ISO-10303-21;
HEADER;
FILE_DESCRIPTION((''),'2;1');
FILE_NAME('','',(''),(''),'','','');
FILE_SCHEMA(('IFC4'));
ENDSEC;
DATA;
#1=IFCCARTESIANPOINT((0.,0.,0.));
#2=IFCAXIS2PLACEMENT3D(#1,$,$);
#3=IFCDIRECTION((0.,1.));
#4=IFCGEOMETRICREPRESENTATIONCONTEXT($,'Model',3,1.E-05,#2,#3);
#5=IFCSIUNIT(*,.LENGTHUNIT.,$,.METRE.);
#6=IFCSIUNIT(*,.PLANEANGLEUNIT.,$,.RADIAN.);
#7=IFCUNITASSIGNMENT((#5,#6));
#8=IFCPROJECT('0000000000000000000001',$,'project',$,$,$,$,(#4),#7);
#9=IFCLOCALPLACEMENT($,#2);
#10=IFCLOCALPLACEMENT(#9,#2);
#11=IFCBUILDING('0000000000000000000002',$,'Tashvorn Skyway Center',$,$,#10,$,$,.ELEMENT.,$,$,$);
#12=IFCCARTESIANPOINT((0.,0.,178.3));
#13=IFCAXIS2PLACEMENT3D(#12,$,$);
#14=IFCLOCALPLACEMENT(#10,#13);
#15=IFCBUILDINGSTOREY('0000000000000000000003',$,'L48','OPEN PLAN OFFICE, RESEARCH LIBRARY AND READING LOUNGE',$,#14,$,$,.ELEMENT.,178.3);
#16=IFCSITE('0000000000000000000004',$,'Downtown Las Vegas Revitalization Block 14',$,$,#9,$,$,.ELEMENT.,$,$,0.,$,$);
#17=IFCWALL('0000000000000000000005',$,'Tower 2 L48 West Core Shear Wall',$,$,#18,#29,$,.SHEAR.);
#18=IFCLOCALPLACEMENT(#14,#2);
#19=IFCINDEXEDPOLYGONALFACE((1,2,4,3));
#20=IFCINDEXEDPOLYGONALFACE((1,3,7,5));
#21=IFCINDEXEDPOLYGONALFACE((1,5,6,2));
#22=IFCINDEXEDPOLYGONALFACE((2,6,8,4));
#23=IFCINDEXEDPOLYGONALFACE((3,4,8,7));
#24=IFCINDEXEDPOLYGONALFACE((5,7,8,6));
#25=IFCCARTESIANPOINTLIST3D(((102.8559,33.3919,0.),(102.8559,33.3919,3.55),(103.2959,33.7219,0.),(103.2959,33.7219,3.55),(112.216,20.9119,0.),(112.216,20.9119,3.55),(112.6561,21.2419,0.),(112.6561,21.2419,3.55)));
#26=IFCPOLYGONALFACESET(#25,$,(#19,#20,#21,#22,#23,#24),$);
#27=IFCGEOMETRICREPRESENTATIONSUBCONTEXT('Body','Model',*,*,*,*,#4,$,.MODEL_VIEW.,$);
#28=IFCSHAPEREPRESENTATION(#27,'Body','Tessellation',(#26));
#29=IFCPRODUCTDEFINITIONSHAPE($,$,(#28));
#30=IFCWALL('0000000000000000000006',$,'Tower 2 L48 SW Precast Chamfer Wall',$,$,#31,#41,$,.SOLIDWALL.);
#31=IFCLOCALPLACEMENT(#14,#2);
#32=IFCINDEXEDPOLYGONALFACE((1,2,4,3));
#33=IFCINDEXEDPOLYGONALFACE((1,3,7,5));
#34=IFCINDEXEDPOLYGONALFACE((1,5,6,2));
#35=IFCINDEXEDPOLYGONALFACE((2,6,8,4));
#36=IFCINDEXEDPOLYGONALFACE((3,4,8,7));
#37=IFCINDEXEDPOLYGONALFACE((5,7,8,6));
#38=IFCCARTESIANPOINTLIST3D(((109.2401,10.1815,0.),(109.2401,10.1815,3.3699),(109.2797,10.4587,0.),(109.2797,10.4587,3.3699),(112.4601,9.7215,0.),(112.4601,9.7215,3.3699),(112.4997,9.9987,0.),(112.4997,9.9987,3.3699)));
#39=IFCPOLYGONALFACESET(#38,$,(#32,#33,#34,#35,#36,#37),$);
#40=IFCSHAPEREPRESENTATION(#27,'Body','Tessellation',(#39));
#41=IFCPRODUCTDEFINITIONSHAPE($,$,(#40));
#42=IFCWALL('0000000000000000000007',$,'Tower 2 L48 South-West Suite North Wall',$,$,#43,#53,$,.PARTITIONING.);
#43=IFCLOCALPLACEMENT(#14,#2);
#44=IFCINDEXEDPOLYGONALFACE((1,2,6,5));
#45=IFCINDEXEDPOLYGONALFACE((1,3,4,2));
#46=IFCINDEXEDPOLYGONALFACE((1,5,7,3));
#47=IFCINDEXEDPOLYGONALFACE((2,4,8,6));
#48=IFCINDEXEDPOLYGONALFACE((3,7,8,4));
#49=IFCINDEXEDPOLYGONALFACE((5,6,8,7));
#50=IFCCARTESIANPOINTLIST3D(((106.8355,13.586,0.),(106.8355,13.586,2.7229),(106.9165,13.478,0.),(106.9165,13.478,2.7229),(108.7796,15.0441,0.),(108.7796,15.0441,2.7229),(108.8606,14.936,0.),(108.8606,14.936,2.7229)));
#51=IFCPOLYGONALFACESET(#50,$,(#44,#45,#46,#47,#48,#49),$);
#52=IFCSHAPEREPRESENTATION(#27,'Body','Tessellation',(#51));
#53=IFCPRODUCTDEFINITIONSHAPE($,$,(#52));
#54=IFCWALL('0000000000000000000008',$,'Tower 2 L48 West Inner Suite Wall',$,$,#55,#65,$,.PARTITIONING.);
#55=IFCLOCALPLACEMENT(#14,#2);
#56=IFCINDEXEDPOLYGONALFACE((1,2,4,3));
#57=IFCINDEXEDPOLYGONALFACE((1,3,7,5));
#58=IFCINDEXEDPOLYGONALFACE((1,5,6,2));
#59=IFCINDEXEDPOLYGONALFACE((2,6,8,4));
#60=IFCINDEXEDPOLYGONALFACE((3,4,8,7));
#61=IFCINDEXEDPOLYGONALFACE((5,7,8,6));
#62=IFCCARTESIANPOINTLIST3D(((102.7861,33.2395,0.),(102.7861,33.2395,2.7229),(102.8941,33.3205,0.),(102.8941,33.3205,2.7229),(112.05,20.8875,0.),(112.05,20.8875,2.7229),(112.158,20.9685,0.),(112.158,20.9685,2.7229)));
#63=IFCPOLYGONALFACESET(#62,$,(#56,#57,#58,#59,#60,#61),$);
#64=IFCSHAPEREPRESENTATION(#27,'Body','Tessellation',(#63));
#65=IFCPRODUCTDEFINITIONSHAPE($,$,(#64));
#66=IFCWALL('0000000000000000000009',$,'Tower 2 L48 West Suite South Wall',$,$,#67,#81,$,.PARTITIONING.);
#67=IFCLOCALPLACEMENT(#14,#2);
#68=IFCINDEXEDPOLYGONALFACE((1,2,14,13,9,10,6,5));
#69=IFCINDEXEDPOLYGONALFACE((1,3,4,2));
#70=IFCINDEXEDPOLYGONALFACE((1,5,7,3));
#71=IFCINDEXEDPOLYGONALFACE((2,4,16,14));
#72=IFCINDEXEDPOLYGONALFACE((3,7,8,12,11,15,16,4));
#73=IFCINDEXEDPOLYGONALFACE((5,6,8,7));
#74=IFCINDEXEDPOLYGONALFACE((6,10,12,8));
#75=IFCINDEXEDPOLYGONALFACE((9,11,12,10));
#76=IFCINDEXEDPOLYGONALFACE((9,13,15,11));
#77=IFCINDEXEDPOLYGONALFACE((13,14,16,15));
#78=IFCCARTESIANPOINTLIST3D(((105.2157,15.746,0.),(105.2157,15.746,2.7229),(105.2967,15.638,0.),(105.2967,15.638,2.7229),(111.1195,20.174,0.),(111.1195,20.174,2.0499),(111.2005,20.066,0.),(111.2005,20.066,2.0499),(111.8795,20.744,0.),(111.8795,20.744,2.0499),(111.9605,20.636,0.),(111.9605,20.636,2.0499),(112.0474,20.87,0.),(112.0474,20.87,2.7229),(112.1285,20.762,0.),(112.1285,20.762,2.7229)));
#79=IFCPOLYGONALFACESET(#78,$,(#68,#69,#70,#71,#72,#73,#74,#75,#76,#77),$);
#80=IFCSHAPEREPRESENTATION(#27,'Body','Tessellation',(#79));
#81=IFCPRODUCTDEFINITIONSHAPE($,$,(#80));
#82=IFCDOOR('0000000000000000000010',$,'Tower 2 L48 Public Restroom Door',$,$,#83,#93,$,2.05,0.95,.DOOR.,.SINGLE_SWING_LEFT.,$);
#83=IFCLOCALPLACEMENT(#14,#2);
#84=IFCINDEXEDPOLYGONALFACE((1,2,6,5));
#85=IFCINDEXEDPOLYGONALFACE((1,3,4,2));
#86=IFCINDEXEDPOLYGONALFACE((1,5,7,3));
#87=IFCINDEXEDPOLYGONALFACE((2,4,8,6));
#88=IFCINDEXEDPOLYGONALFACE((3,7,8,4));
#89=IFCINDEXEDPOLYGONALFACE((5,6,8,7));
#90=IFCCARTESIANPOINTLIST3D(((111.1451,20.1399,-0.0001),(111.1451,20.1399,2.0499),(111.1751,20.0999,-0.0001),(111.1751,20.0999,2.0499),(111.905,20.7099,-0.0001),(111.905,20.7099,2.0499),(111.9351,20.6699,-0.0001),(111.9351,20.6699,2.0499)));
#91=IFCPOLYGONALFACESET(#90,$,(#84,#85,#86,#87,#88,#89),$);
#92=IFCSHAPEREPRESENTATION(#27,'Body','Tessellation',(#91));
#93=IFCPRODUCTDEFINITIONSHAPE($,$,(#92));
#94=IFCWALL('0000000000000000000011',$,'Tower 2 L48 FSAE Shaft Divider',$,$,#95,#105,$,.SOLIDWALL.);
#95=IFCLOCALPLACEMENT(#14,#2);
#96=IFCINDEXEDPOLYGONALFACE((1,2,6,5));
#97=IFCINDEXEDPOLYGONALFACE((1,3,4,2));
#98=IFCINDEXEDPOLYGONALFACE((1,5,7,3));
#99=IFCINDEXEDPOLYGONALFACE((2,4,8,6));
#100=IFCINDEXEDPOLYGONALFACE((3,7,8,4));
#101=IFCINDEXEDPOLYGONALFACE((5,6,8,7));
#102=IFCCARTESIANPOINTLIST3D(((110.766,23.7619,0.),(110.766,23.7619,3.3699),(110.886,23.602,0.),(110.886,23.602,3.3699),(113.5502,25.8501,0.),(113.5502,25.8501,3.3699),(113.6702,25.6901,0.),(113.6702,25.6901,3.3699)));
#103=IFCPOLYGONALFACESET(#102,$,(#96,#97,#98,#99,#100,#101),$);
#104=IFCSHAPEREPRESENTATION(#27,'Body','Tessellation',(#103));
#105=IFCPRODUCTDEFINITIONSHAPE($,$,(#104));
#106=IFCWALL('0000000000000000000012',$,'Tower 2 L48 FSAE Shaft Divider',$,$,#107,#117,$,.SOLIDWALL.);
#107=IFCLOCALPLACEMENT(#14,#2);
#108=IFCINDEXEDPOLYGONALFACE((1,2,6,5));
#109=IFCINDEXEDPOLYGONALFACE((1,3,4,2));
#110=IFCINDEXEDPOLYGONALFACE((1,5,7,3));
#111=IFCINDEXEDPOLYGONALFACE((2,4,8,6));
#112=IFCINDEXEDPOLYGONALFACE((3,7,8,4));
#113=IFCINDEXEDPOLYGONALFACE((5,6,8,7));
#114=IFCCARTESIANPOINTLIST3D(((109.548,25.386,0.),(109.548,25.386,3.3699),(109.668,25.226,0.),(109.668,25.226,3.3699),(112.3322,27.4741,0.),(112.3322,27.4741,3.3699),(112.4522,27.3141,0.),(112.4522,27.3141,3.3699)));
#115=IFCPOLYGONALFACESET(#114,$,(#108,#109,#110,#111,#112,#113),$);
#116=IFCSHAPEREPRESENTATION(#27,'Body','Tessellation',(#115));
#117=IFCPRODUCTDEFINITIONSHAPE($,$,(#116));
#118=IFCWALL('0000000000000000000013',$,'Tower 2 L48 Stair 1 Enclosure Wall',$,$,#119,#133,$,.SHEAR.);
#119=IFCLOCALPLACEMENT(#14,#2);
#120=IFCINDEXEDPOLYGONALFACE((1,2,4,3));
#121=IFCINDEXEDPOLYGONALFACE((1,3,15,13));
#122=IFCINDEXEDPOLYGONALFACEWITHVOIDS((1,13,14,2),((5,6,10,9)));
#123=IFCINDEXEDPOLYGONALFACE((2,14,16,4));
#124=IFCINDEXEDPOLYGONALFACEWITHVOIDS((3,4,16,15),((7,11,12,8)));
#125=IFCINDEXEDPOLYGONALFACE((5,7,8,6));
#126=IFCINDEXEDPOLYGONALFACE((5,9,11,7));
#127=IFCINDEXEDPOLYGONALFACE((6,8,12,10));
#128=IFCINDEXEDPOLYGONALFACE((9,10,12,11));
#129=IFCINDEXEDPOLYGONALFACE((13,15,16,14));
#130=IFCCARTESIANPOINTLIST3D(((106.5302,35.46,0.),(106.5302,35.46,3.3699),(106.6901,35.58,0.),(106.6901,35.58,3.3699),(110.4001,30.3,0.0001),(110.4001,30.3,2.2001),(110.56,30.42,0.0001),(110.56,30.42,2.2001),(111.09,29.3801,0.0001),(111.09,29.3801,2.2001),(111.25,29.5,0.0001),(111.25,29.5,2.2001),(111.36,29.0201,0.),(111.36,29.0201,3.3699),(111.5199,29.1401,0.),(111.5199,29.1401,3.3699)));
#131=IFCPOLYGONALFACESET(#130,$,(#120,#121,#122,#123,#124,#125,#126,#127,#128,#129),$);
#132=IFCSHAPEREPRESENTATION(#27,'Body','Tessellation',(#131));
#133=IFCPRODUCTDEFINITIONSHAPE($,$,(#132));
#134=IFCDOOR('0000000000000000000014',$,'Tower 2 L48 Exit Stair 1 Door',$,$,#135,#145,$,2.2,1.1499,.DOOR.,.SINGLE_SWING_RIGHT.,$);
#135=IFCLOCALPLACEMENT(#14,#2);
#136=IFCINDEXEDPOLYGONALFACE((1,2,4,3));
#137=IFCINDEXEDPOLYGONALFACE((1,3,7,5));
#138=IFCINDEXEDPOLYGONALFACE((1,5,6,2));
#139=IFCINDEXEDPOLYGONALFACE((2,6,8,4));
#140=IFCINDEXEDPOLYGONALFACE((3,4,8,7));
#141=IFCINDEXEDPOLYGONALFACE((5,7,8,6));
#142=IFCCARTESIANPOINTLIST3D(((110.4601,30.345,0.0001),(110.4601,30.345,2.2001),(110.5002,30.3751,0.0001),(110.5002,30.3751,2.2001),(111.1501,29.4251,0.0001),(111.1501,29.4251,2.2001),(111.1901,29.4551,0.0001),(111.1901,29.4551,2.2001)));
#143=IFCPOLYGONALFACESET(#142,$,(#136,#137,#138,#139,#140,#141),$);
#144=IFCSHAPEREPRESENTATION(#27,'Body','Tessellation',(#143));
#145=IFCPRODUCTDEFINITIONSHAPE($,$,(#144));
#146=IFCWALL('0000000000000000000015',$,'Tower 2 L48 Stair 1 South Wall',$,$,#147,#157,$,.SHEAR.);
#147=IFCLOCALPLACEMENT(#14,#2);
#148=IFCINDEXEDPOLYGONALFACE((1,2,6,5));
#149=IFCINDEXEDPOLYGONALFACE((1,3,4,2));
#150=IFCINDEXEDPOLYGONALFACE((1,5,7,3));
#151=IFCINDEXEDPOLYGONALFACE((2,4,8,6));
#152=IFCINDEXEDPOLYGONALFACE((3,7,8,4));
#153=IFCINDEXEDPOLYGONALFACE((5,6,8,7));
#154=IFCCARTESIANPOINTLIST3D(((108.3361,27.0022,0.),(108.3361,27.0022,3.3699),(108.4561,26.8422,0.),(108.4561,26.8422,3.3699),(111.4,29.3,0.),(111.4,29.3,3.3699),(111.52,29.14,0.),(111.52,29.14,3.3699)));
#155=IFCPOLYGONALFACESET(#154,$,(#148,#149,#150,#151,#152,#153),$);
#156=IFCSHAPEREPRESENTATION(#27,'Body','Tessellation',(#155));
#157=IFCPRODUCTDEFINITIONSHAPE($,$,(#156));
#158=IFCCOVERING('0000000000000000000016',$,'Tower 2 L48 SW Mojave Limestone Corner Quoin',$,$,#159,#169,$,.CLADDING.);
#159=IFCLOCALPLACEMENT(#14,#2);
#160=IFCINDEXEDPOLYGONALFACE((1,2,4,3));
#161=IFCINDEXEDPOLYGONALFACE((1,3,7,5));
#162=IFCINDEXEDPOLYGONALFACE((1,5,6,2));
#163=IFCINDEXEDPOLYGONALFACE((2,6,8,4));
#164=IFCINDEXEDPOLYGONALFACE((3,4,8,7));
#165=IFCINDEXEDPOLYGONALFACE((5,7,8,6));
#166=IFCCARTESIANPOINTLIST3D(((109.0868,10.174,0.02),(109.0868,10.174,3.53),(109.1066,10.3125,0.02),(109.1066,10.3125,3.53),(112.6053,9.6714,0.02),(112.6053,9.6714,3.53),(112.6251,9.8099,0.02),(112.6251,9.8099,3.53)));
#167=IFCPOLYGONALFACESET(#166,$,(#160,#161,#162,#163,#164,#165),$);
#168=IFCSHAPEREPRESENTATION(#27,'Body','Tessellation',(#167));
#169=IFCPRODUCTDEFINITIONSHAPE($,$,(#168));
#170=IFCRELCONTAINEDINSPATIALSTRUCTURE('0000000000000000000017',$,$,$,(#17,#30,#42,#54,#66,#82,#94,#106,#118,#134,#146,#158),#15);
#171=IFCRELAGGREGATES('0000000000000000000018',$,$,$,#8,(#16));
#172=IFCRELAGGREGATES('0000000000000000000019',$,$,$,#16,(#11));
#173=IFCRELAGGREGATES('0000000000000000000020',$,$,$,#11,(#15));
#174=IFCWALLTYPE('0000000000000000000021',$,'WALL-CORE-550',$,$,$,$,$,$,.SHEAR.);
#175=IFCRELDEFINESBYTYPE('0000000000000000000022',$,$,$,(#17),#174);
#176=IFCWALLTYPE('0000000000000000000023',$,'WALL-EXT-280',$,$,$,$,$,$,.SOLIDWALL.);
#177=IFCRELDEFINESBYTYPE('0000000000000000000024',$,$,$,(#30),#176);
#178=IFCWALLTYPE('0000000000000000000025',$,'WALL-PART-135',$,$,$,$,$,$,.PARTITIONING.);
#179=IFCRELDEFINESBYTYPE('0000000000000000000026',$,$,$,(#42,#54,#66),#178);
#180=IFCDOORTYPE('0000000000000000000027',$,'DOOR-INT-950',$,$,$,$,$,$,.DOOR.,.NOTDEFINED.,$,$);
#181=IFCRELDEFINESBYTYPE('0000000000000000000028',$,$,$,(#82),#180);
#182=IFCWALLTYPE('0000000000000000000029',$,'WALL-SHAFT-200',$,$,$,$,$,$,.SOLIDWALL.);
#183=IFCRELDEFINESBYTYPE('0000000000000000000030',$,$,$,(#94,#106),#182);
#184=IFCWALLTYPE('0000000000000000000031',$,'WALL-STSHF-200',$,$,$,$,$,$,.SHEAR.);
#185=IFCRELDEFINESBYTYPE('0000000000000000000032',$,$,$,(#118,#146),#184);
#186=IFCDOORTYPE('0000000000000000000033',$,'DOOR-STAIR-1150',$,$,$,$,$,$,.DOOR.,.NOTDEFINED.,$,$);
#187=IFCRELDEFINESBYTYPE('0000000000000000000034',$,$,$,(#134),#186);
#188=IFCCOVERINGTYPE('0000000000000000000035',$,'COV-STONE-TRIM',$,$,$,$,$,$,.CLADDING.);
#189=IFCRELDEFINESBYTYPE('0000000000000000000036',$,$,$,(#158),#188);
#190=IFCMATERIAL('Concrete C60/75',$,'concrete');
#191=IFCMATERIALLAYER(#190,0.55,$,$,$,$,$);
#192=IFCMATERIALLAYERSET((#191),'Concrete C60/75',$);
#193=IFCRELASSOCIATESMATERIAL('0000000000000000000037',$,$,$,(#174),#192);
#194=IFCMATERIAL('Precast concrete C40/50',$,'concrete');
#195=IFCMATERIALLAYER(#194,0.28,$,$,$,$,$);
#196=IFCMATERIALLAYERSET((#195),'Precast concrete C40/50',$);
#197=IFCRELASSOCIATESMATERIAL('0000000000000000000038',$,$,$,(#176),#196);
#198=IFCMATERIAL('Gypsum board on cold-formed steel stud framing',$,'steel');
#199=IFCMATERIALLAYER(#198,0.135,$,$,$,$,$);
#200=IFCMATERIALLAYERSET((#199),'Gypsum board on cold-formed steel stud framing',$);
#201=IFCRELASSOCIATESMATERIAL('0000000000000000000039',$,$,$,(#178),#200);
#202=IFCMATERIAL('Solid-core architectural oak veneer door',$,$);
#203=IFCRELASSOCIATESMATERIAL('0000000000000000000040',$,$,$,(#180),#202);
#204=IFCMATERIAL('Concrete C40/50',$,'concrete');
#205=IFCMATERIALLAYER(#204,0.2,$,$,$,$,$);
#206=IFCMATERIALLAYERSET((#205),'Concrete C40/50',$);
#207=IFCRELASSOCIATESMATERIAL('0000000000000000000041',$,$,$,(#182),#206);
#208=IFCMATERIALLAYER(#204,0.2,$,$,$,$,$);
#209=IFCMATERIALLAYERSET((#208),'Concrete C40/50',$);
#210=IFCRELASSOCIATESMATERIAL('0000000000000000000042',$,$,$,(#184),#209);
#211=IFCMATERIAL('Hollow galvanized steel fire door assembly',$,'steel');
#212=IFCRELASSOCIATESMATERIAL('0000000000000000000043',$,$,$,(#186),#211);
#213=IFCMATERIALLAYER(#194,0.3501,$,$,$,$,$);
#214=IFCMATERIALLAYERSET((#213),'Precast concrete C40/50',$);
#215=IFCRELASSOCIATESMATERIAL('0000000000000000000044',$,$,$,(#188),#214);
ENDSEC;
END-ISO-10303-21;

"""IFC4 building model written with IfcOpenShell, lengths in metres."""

from ifc_helpers import new_model, si_unit, direction, frame, frame_2d, origin, origin_2d, place, context, subcontext, project, spatial, rectangle, extrude, material, layer, layer_set, type_object, element, fill, save


model = new_model("IFC4")

# Units and contexts
model_context = context("Model", 3, precision=1e-05, world=origin(), true_north=direction((0.0, 1.0)))
body_context = subcontext(model_context, "Body", "Model", "MODEL_VIEW")
ifc_project = project(units=[si_unit("LENGTHUNIT", "METRE"), si_unit("PLANEANGLEUNIT", "RADIAN")], contexts=[model_context])

# Site, building, storey
site_placement = place(None, origin())
site = spatial("IfcSite", under=ifc_project, at=site_placement, Name="Downtown Las Vegas Revitalization Block 14", CompositionType="ELEMENT", RefElevation=0.0)
building_placement = place(site_placement, origin())
building = spatial("IfcBuilding", under=site, at=building_placement, Name="Tashvorn Skyway Center", CompositionType="ELEMENT")
storey_placement = place(building_placement, frame((0.0, 0.0, 178.3)))
storey = spatial("IfcBuildingStorey", under=building, at=storey_placement, Name="L48", Description="OPEN PLAN OFFICE, RESEARCH LIBRARY AND READING LOUNGE", CompositionType="ELEMENT", Elevation=178.3)

# Shared definitions
ifc_material_1 = material(Name="Concrete C60/75", Category="concrete")

# Walls
ifc_layer_1 = layer(ifc_material_1, 0.55)
ifc_layer_set_1 = layer_set([ifc_layer_1], Name="Concrete C60/75")
wall_type_1 = type_object("IfcWallType", Name="WALL-CORE-550", PredefinedType="SHEAR", material=ifc_layer_set_1)
wall_1_placement = place(storey_placement, frame((112.436, 21.0769, 0.0), z_axis=(0.0, 0.0, 1.0), x_axis=(-0.600005, 0.799996, 0.0)))
element("IfcWall", 1, at=wall_1_placement, inside=storey, type_object=wall_type_1, Name="Tower 2 L48 West Core Shear Wall", PredefinedType="SHEAR", context=body_context, shape_type="SweptSolid", body=[
    extrude(rectangle(XDim=15.6001, YDim=0.55, at=frame_2d((7.8, 0.0))), origin(), (0.0, 0.0, 1.0), 3.55),
])
ifc_material_2 = material(Name="Precast concrete C40/50", Category="concrete")
ifc_layer_2 = layer(ifc_material_2, 0.28)
ifc_layer_set_2 = layer_set([ifc_layer_2], Name="Precast concrete C40/50")
wall_type_2 = type_object("IfcWallType", Name="WALL-EXT-280", PredefinedType="SOLIDWALL", material=ifc_layer_set_2)
wall_2_placement = place(storey_placement, frame((112.48, 9.8601, 0.0), z_axis=(0.0, 0.0, 1.0), x_axis=(-0.989951, 0.141411, 0.0)))
element("IfcWall", 2, at=wall_2_placement, inside=storey, type_object=wall_type_2, Name="Tower 2 L48 SW Precast Chamfer Wall", PredefinedType="SOLIDWALL", context=body_context, shape_type="SweptSolid", body=[
    extrude(rectangle(XDim=3.2527, YDim=0.28, at=frame_2d((1.6265, 0.0))), origin(), (0.0, 0.0, 1.0), 3.3699),
])
ifc_material_3 = material(Name="Gypsum board on cold-formed steel stud framing", Category="steel")
ifc_layer_3 = layer(ifc_material_3, 0.135)
ifc_layer_set_3 = layer_set([ifc_layer_3], Name="Gypsum board on cold-formed steel stud framing")
wall_type_3 = type_object("IfcWallType", Name="WALL-PART-135", PredefinedType="PARTITIONING", material=ifc_layer_set_3)
wall_3_placement = place(storey_placement, frame((106.876, 13.532, 0.0), z_axis=(0.0, 0.0, 1.0), x_axis=(0.800012, 0.599984, 0.0)))
element("IfcWall", 3, at=wall_3_placement, inside=storey, type_object=wall_type_3, Name="Tower 2 L48 South-West Suite North Wall", PredefinedType="PARTITIONING", context=body_context, shape_type="SweptSolid", body=[
    extrude(rectangle(XDim=2.4302, YDim=0.135, at=frame_2d((1.2151, 0.0))), origin(), (0.0, 0.0, 1.0), 2.7229),
])
wall_4_placement = place(storey_placement, frame((112.104, 20.928, 0.0), z_axis=(0.0, 0.0, 1.0), x_axis=(-0.599995, 0.800004, 0.0)))
element("IfcWall", 4, at=wall_4_placement, inside=storey, type_object=wall_type_3, Name="Tower 2 L48 West Inner Suite Wall", PredefinedType="PARTITIONING", context=body_context, shape_type="SweptSolid", body=[
    extrude(rectangle(XDim=15.4399, YDim=0.135, at=frame_2d((7.72, 0.0))), origin(), (0.0, 0.0, 1.0), 2.7229),
])

# Wall, opening, door
wall_5_placement = place(storey_placement, frame((105.2561, 15.6919, 0.0), z_axis=(0.0, 0.0, 1.0), x_axis=(0.79999, 0.600014, 0.0)))
wall_5 = element("IfcWall", 5, at=wall_5_placement, inside=storey, type_object=wall_type_3, Name="Tower 2 L48 West Suite South Wall", PredefinedType="PARTITIONING", context=body_context, shape_type="SweptSolid", body=[
    extrude(rectangle(XDim=8.5398, YDim=0.135, at=frame_2d((4.27, 0.0))), origin(), (0.0, 0.0, 1.0), 2.7229),
])
opening_1_placement = place(wall_5_placement, frame((7.3799, 0.0, 0.0)))
opening_1 = element("IfcOpeningElement", 6, at=opening_1_placement, cuts=wall_5, PredefinedType="OPENING", context=body_context, shape_type="SweptSolid", body=[
    extrude(rectangle(XDim=0.95, YDim=2.05, at=frame_2d((0.4751, 1.0249))), frame((0.0, 0.0774, 0.0), z_axis=(0.0, -1.0, 0.0), x_axis=(1.0, 0.0, 0.0)), (0.0, 0.0, 1.0), 0.155),
])
ifc_material_4 = material(Name="Solid-core architectural oak veneer door")
door_type_1 = type_object("IfcDoorType", Name="DOOR-INT-950", OperationType="NOTDEFINED", PredefinedType="DOOR", material=ifc_material_4)
door_1_placement = place(opening_1_placement, origin())
door_1 = element("IfcDoor", 7, at=door_1_placement, inside=storey, type_object=door_type_1, Name="Tower 2 L48 Public Restroom Door", OperationType="SINGLE_SWING_LEFT", OverallHeight=2.05, OverallWidth=0.95, PredefinedType="DOOR", context=body_context, shape_type="SweptSolid", body=[
    extrude(rectangle(XDim=0.95, YDim=2.05, at=frame_2d((0.4751, 1.0249))), frame((0.0, 0.0249, 0.0), z_axis=(0.0, -1.0, 0.0), x_axis=(1.0, 0.0, 0.0)), (0.0, 0.0, 1.0), 0.05),
])
fill(opening_1, door_1)

# Walls
ifc_material_5 = material(Name="Concrete C40/50", Category="concrete")
ifc_layer_4 = layer(ifc_material_5, 0.2)
ifc_layer_set_4 = layer_set([ifc_layer_4], Name="Concrete C40/50")
wall_type_4 = type_object("IfcWallType", Name="WALL-SHAFT-200", PredefinedType="SOLIDWALL", material=ifc_layer_set_4)
for number, where, z_axis, x_axis, name in (
    (8, (110.8259, 23.6819, 0.0), (0.0, 0.0, 1.0), (0.8, 0.6, 0.0), "Tower 2 L48 FSAE Shaft Divider"),
    (9, (109.6079, 25.3059, 0.0), (0.0, 0.0, 1.0), (0.8, 0.6, 0.0), "Tower 2 L48 FSAE Shaft Divider"),
):
    element("IfcWall", number, at=place(storey_placement, frame(where, z_axis=z_axis, x_axis=x_axis)), inside=storey, type_object=wall_type_4, Name=name, PredefinedType="SOLIDWALL", context=body_context, shape_type="SweptSolid", body=[
        extrude(rectangle(XDim=3.4802, YDim=0.2, at=frame_2d((1.7402, 0.0))), origin(), (0.0, 0.0, 1.0), 3.3699),
    ])

# Wall, opening, door
ifc_layer_5 = layer(ifc_material_5, 0.2)
ifc_layer_set_5 = layer_set([ifc_layer_5], Name="Concrete C40/50")
wall_type_5 = type_object("IfcWallType", Name="WALL-STSHF-200", PredefinedType="SHEAR", material=ifc_layer_set_5)
wall_6_placement = place(storey_placement, frame((111.4399, 29.0801, 0.0), z_axis=(0.0, 0.0, 1.0), x_axis=(-0.59999, 0.800007, 0.0)))
wall_6 = element("IfcWall", 10, at=wall_6_placement, inside=storey, type_object=wall_type_5, Name="Tower 2 L48 Stair 1 Enclosure Wall", PredefinedType="SHEAR", context=body_context, shape_type="SweptSolid", body=[
    extrude(rectangle(XDim=8.0498, YDim=0.2, at=frame_2d((4.0249, 0.0))), origin(), (0.0, 0.0, 1.0), 3.3699),
])
opening_2_placement = place(wall_6_placement, frame((0.45, 0.0, 0.0)))
opening_2 = element("IfcOpeningElement", 11, at=opening_2_placement, cuts=wall_6, PredefinedType="OPENING", context=body_context, shape_type="SweptSolid", body=[
    extrude(rectangle(XDim=1.1499, YDim=2.2, at=frame_2d((0.575, 1.1001))), frame((0.0, 0.1099, 0.0), z_axis=(0.0, -1.0, 0.0), x_axis=(1.0, 0.0, 0.0)), (0.0, 0.0, 1.0), 0.22),
])
ifc_material_6 = material(Name="Hollow galvanized steel fire door assembly", Category="steel")
door_type_2 = type_object("IfcDoorType", Name="DOOR-STAIR-1150", OperationType="NOTDEFINED", PredefinedType="DOOR", material=ifc_material_6)
door_2_placement = place(opening_2_placement, origin())
door_2 = element("IfcDoor", 12, at=door_2_placement, inside=storey, type_object=door_type_2, Name="Tower 2 L48 Exit Stair 1 Door", OperationType="SINGLE_SWING_RIGHT", OverallHeight=2.2, OverallWidth=1.1499, PredefinedType="DOOR", context=body_context, shape_type="SweptSolid", body=[
    extrude(rectangle(XDim=1.1499, YDim=2.2, at=frame_2d((0.575, 1.1001))), frame((0.0, 0.0249, 0.0), z_axis=(0.0, -1.0, 0.0), x_axis=(1.0, 0.0, 0.0)), (0.0, 0.0, 1.0), 0.05),
])
fill(opening_2, door_2)

# Wall
wall_7_placement = place(storey_placement, frame((108.396, 26.9221, 0.0), z_axis=(0.0, 0.0, 1.0), x_axis=(0.800015, 0.59998, 0.0)))
element("IfcWall", 13, at=wall_7_placement, inside=storey, type_object=wall_type_5, Name="Tower 2 L48 Stair 1 South Wall", PredefinedType="SHEAR", context=body_context, shape_type="SweptSolid", body=[
    extrude(rectangle(XDim=3.8298, YDim=0.2, at=frame_2d((1.915, 0.0))), origin(), (0.0, 0.0, 1.0), 3.3699),
])

# Covering
ifc_layer_6 = layer(ifc_material_2, 0.3501)
ifc_layer_set_6 = layer_set([ifc_layer_6], Name="Precast concrete C40/50")
covering_type = type_object("IfcCoveringType", Name="COV-STONE-TRIM", PredefinedType="CLADDING", material=ifc_layer_set_6)
covering_placement = place(storey_placement, frame((110.856, 9.9919, 0.02), z_axis=(0.0, 0.0, 1.0), x_axis=(-0.989949, 0.141421, 0.0)))
element("IfcCovering", 14, at=covering_placement, inside=storey, type_object=covering_type, Name="Tower 2 L48 SW Mojave Limestone Corner Quoin", PredefinedType="CLADDING", context=body_context, shape_type="SweptSolid", body=[
    extrude(rectangle(XDim=3.5542, YDim=0.1399, at=origin_2d()), origin(), (0.0, 0.0, 1.0), 3.51),
])

save(model, "model.ifc")
